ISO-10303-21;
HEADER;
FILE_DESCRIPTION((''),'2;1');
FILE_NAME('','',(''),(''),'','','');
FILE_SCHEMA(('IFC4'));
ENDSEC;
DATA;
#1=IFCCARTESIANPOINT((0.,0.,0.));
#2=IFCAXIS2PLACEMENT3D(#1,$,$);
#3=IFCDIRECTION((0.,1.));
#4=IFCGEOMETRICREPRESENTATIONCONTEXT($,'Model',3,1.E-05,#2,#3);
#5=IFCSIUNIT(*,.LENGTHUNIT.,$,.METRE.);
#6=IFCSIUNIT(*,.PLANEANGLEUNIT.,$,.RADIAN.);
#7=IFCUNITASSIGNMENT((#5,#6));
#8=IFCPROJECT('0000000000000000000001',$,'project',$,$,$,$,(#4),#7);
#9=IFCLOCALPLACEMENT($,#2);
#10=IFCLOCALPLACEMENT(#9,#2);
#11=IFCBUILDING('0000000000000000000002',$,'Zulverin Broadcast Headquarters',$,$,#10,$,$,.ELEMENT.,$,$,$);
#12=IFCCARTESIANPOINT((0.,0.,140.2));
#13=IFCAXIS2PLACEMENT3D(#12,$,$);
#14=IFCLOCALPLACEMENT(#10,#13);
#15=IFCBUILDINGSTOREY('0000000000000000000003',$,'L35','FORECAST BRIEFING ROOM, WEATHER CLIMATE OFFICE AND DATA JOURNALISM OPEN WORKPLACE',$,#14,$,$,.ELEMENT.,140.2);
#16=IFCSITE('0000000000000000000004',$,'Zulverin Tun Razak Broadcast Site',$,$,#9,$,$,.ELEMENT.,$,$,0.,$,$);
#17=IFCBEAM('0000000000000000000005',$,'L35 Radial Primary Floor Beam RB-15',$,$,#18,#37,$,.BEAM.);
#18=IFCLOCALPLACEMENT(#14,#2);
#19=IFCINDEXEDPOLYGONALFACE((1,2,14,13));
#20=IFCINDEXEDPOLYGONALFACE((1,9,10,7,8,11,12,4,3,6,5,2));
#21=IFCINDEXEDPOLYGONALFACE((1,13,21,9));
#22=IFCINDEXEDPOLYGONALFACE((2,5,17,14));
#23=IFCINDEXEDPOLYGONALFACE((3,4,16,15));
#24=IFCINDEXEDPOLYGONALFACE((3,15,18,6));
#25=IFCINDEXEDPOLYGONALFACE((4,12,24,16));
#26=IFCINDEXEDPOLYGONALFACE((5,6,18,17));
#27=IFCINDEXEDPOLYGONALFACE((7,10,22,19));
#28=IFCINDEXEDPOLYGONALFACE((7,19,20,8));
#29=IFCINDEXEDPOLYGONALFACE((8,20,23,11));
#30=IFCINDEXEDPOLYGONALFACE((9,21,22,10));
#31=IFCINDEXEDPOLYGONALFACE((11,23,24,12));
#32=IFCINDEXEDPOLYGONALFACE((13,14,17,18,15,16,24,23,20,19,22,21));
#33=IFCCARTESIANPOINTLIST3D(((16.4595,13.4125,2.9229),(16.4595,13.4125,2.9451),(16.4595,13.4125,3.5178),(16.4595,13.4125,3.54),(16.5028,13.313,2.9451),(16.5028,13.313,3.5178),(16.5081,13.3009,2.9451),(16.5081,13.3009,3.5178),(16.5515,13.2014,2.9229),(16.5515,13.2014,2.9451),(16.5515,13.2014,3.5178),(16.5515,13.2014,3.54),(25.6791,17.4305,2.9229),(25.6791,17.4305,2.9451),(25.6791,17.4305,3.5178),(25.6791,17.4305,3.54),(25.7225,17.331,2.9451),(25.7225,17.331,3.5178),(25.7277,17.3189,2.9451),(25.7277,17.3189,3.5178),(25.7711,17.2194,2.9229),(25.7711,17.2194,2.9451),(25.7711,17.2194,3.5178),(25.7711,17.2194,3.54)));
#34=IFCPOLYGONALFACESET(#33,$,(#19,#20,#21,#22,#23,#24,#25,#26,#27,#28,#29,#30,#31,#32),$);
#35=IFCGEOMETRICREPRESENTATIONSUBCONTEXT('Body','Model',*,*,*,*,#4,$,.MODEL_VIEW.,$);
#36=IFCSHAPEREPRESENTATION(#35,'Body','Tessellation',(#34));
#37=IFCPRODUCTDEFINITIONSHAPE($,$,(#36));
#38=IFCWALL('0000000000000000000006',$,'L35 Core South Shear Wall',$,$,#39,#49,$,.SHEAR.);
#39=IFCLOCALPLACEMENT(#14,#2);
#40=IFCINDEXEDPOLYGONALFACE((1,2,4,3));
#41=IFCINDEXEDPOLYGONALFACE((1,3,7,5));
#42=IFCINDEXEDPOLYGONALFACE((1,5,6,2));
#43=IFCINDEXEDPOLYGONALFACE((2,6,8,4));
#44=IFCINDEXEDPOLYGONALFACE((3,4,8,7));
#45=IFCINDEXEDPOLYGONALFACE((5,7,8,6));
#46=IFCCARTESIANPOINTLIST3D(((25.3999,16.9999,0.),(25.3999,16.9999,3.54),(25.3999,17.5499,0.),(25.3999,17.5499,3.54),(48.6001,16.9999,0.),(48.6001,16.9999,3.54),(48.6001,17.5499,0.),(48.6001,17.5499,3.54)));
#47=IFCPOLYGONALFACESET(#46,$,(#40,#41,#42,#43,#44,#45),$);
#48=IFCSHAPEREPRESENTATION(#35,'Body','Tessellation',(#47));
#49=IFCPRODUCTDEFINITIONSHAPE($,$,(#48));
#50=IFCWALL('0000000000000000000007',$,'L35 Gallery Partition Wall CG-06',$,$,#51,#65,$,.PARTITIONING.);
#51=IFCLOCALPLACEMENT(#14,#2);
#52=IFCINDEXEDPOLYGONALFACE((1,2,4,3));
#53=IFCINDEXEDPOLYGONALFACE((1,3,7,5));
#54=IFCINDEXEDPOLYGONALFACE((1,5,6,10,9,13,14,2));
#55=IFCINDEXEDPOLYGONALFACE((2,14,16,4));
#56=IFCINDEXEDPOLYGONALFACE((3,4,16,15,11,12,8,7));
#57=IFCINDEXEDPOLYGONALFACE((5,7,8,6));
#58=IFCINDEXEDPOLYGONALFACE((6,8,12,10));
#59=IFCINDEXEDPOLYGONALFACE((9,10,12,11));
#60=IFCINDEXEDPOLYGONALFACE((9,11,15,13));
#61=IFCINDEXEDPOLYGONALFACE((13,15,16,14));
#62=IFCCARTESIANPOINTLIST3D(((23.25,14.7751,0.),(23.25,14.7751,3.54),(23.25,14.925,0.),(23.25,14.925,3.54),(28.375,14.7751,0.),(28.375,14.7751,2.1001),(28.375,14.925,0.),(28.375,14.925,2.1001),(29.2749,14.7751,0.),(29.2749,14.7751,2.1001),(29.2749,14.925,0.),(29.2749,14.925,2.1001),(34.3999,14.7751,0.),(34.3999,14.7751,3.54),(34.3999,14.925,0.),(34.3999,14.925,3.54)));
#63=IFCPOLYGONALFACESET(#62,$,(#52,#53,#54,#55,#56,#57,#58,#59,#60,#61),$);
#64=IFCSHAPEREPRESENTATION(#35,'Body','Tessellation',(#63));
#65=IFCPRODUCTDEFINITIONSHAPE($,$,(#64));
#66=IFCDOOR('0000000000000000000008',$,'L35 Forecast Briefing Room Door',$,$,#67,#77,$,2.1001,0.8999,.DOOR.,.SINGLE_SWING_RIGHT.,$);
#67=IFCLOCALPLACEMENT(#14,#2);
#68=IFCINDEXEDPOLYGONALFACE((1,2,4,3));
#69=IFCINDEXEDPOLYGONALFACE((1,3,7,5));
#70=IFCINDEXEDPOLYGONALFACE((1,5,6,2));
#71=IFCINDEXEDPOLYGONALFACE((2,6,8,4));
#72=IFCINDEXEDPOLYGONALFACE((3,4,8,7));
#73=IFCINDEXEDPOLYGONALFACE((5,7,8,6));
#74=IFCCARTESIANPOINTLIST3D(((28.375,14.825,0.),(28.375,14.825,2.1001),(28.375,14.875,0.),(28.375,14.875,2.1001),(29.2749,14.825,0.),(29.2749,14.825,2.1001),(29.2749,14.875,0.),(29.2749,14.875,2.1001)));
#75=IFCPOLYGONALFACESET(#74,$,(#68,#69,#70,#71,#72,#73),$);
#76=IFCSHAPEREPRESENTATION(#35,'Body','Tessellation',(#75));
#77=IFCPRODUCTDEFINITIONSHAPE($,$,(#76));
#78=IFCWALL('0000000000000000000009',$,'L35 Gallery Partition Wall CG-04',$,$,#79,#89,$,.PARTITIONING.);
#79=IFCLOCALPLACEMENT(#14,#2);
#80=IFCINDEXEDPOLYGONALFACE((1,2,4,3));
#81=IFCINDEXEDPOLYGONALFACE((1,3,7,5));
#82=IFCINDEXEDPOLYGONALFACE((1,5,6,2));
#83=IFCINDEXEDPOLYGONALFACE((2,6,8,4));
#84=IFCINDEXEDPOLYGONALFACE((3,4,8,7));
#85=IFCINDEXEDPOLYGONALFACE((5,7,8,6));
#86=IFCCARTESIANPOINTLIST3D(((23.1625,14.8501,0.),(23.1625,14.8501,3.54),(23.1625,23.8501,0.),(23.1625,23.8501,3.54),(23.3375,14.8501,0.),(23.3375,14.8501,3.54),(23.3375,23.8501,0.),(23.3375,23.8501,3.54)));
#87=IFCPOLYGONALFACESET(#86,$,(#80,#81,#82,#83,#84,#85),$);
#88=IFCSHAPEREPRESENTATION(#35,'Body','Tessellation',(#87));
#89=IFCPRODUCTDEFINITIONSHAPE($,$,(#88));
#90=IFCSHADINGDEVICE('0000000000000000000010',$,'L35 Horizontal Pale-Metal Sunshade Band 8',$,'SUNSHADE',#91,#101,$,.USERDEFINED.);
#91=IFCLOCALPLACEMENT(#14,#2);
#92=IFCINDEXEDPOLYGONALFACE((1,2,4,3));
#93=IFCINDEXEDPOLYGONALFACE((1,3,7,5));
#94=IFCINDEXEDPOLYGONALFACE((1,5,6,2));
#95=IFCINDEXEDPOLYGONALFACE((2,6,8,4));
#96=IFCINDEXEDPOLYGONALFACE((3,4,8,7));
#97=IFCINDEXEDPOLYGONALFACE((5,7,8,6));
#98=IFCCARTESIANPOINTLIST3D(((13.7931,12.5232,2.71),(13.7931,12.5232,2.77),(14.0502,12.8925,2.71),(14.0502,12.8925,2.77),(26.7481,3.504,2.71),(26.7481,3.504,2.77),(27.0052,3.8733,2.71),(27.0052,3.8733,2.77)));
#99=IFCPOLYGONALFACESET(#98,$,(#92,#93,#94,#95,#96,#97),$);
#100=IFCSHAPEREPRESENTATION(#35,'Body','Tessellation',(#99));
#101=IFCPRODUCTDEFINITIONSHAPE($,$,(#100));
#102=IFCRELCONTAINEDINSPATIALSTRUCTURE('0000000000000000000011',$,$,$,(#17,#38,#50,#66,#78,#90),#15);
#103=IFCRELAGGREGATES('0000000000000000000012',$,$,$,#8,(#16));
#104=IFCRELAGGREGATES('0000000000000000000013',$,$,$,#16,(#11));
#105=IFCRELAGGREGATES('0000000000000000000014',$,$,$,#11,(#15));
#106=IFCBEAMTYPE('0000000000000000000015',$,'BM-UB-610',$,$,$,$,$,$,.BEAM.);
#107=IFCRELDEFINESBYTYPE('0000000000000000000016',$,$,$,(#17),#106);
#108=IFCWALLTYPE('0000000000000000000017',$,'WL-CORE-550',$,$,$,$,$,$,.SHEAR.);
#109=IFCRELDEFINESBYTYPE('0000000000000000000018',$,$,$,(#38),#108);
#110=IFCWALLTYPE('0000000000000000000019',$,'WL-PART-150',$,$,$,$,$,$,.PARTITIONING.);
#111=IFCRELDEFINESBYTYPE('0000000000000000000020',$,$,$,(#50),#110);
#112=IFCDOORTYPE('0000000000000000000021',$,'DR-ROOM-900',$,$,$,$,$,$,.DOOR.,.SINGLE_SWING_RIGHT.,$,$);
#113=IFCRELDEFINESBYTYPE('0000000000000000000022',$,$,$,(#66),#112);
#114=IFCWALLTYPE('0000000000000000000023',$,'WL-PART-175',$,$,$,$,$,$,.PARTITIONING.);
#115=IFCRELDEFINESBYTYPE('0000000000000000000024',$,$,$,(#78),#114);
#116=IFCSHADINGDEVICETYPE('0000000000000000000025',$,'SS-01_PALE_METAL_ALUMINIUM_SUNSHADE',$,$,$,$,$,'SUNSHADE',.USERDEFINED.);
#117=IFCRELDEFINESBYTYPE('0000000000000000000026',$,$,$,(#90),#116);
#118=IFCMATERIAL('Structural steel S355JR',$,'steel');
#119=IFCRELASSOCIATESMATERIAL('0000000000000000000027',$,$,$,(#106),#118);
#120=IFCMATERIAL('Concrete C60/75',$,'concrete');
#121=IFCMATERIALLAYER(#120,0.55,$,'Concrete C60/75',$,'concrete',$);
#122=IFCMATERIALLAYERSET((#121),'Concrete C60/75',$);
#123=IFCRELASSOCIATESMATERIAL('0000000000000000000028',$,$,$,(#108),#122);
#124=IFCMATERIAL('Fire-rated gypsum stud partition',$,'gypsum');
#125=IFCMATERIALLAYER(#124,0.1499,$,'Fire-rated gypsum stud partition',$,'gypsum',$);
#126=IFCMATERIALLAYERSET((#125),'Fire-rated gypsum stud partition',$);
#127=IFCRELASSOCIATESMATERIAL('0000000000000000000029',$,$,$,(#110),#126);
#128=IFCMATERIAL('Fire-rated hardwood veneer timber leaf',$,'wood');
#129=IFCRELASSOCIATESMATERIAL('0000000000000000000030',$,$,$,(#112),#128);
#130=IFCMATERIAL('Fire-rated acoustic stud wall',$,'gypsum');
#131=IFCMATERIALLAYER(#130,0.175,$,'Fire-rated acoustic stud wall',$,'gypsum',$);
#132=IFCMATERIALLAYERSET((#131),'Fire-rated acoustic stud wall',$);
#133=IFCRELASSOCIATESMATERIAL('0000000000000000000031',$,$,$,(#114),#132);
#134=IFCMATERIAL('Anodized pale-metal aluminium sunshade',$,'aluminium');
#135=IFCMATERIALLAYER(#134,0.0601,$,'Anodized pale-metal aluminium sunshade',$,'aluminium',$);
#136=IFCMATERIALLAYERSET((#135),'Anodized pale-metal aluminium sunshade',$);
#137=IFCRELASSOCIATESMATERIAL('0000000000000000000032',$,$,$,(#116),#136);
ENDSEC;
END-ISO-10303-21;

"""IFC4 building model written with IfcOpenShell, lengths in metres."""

from ifc_helpers import new_model, si_unit, direction, frame, frame_2d, origin, origin_2d, place, context, subcontext, project, spatial, rectangle, i_section, extrude, material, layer, layer_set, material_profile, profile_set, type_object, element, fill, save


model = new_model("IFC4")

# Units and contexts
model_context = context("Model", 3, precision=1e-05, world=origin(), true_north=direction((0.0, 1.0)))
body_context = subcontext(model_context, "Body", "Model", "MODEL_VIEW")
ifc_project = project(units=[si_unit("LENGTHUNIT", "METRE"), si_unit("PLANEANGLEUNIT", "RADIAN")], contexts=[model_context])

# Site, building, storey
site_placement = place(None, origin())
site = spatial("IfcSite", under=ifc_project, at=site_placement, Name="Zulverin Tun Razak Broadcast Site", CompositionType="ELEMENT", RefElevation=0.0)
building_placement = place(site_placement, origin())
building = spatial("IfcBuilding", under=site, at=building_placement, Name="Zulverin Broadcast Headquarters", CompositionType="ELEMENT")
storey_placement = place(building_placement, frame((0.0, 0.0, 140.2)))
storey = spatial("IfcBuildingStorey", under=building, at=storey_placement, Name="L35", Description="FORECAST BRIEFING ROOM, WEATHER CLIMATE OFFICE AND DATA JOURNALISM OPEN WORKPLACE", CompositionType="ELEMENT", Elevation=140.2)

# Shared definitions
ifc_material_1 = material(Name="Concrete C60/75", Category="concrete")

# Beam
ifc_material_2 = material(Name="Structural steel S355JR", Category="steel")
ifc_material_profile_1 = material_profile(ifc_material_2, i_section(OverallWidth=0.2302, OverallDepth=0.6172, WebThickness=0.0132, FlangeThickness=0.0222, at=origin_2d()), Name="Structural steel S355JR", Category="steel")
ifc_profile_set_1 = profile_set([ifc_material_profile_1], Name="Structural steel S355JR")
beam_type_1 = type_object("IfcBeamType", Name="BM-UB-610", PredefinedType="BEAM", material=ifc_profile_set_1)
beam_1_placement = place(storey_placement, frame((25.7251, 17.325, 3.2314), z_axis=(-0.916725, -0.39952, 0.0), x_axis=(0.39952, -0.916725, 0.0)))
element("IfcBeam", 1, at=beam_1_placement, inside=storey, type_object=beam_type_1, Name="L35 Radial Primary Floor Beam RB-15", PredefinedType="BEAM", context=body_context, shape_type="SweptSolid", body=[
    extrude(i_section(OverallWidth=0.2302, OverallDepth=0.6172, WebThickness=0.0132, FlangeThickness=0.0222, at=origin_2d()), origin(), (0.0, 0.0, 1.0), 10.0571),
])

# Wall
ifc_layer_1 = layer(ifc_material_1, 0.55, Name="Concrete C60/75", Category="concrete")
ifc_layer_set_1 = layer_set([ifc_layer_1], Name="Concrete C60/75")
wall_type_1 = type_object("IfcWallType", Name="WL-CORE-550", PredefinedType="SHEAR", material=ifc_layer_set_1)
wall_1_placement = place(storey_placement, frame((25.3999, 17.2749, 0.0), z_axis=(0.0, 0.0, 1.0), x_axis=(1.0, 0.0, 0.0)))
element("IfcWall", 2, at=wall_1_placement, inside=storey, type_object=wall_type_1, Name="L35 Core South Shear Wall", PredefinedType="SHEAR", context=body_context, shape_type="SweptSolid", body=[
    extrude(rectangle(XDim=23.2002, YDim=0.55, at=frame_2d((11.6001, 0.0))), origin(), (0.0, 0.0, 1.0), 3.54),
])

# Wall, opening, door
ifc_material_3 = material(Name="Fire-rated gypsum stud partition", Category="gypsum")
ifc_layer_2 = layer(ifc_material_3, 0.1499, Name="Fire-rated gypsum stud partition", Category="gypsum")
ifc_layer_set_2 = layer_set([ifc_layer_2], Name="Fire-rated gypsum stud partition")
wall_type_2 = type_object("IfcWallType", Name="WL-PART-150", PredefinedType="PARTITIONING", material=ifc_layer_set_2)
wall_2_placement = place(storey_placement, frame((23.25, 14.8501, 0.0), z_axis=(0.0, 0.0, 1.0), x_axis=(1.0, 0.0, 0.0)))
wall_2 = element("IfcWall", 3, at=wall_2_placement, inside=storey, type_object=wall_type_2, Name="L35 Gallery Partition Wall CG-06", PredefinedType="PARTITIONING", context=body_context, shape_type="SweptSolid", body=[
    extrude(rectangle(XDim=11.1499, YDim=0.1499, at=frame_2d((5.575, 0.0))), origin(), (0.0, 0.0, 1.0), 3.54),
])
opening_1_placement = place(wall_2_placement, frame((5.125, 0.0, 0.0)))
opening_1 = element("IfcOpeningElement", 4, at=opening_1_placement, cuts=wall_2, PredefinedType="OPENING", context=body_context, shape_type="SweptSolid", body=[
    extrude(rectangle(XDim=0.8999, YDim=2.1001, at=frame_2d((0.45, 1.05))), frame((0.0, 0.085, 0.0), z_axis=(0.0, -1.0, 0.0), x_axis=(1.0, 0.0, 0.0)), (0.0, 0.0, 1.0), 0.1699),
])
ifc_material_4 = material(Name="Fire-rated hardwood veneer timber leaf", Category="wood")
door_type_1 = type_object("IfcDoorType", Name="DR-ROOM-900", OperationType="SINGLE_SWING_RIGHT", PredefinedType="DOOR", material=ifc_material_4)
door_1_placement = place(opening_1_placement, origin())
door_1 = element("IfcDoor", 5, at=door_1_placement, inside=storey, type_object=door_type_1, Name="L35 Forecast Briefing Room Door", OperationType="SINGLE_SWING_RIGHT", OverallHeight=2.1001, OverallWidth=0.8999, PredefinedType="DOOR", context=body_context, shape_type="SweptSolid", body=[
    extrude(rectangle(XDim=0.8999, YDim=2.1001, at=frame_2d((0.45, 1.05))), frame((0.0, 0.0249, 0.0), z_axis=(0.0, -1.0, 0.0), x_axis=(1.0, 0.0, 0.0)), (0.0, 0.0, 1.0), 0.05),
])
fill(opening_1, door_1)

# Wall
ifc_material_5 = material(Name="Fire-rated acoustic stud wall", Category="gypsum")
ifc_layer_3 = layer(ifc_material_5, 0.175, Name="Fire-rated acoustic stud wall", Category="gypsum")
ifc_layer_set_3 = layer_set([ifc_layer_3], Name="Fire-rated acoustic stud wall")
wall_type_3 = type_object("IfcWallType", Name="WL-PART-175", PredefinedType="PARTITIONING", material=ifc_layer_set_3)
wall_3_placement = place(storey_placement, frame((23.25, 14.8501, 0.0), z_axis=(0.0, 0.0, 1.0), x_axis=(0.0, 1.0, 0.0)))
element("IfcWall", 6, at=wall_3_placement, inside=storey, type_object=wall_type_3, Name="L35 Gallery Partition Wall CG-04", PredefinedType="PARTITIONING", context=body_context, shape_type="SweptSolid", body=[
    extrude(rectangle(XDim=9.0, YDim=0.175, at=frame_2d((4.5, 0.0))), origin(), (0.0, 0.0, 1.0), 3.54),
])

# Shading device
ifc_material_6 = material(Name="Anodized pale-metal aluminium sunshade", Category="aluminium")
ifc_layer_4 = layer(ifc_material_6, 0.0601, Name="Anodized pale-metal aluminium sunshade", Category="aluminium")
ifc_layer_set_4 = layer_set([ifc_layer_4], Name="Anodized pale-metal aluminium sunshade")
shading_device_type = type_object("IfcShadingDeviceType", Name="SS-01_PALE_METAL_ALUMINIUM_SUNSHADE", ElementType="SUNSHADE", PredefinedType="USERDEFINED", material=ifc_layer_set_4)
shading_device_placement = place(storey_placement, frame((20.3992, 8.1982, 2.71), z_axis=(0.0, 0.0, 1.0), x_axis=(0.820696, -0.571365, 0.0)))
element("IfcShadingDevice", 7, at=shading_device_placement, inside=storey, type_object=shading_device_type, Name="L35 Horizontal Pale-Metal Sunshade Band 8", ObjectType="SUNSHADE", PredefinedType="USERDEFINED", context=body_context, shape_type="SweptSolid", body=[
    extrude(rectangle(XDim=15.7854, YDim=0.45, at=origin_2d()), origin(), (0.0, 0.0, 1.0), 0.0601),
])

save(model, "model.ifc")
